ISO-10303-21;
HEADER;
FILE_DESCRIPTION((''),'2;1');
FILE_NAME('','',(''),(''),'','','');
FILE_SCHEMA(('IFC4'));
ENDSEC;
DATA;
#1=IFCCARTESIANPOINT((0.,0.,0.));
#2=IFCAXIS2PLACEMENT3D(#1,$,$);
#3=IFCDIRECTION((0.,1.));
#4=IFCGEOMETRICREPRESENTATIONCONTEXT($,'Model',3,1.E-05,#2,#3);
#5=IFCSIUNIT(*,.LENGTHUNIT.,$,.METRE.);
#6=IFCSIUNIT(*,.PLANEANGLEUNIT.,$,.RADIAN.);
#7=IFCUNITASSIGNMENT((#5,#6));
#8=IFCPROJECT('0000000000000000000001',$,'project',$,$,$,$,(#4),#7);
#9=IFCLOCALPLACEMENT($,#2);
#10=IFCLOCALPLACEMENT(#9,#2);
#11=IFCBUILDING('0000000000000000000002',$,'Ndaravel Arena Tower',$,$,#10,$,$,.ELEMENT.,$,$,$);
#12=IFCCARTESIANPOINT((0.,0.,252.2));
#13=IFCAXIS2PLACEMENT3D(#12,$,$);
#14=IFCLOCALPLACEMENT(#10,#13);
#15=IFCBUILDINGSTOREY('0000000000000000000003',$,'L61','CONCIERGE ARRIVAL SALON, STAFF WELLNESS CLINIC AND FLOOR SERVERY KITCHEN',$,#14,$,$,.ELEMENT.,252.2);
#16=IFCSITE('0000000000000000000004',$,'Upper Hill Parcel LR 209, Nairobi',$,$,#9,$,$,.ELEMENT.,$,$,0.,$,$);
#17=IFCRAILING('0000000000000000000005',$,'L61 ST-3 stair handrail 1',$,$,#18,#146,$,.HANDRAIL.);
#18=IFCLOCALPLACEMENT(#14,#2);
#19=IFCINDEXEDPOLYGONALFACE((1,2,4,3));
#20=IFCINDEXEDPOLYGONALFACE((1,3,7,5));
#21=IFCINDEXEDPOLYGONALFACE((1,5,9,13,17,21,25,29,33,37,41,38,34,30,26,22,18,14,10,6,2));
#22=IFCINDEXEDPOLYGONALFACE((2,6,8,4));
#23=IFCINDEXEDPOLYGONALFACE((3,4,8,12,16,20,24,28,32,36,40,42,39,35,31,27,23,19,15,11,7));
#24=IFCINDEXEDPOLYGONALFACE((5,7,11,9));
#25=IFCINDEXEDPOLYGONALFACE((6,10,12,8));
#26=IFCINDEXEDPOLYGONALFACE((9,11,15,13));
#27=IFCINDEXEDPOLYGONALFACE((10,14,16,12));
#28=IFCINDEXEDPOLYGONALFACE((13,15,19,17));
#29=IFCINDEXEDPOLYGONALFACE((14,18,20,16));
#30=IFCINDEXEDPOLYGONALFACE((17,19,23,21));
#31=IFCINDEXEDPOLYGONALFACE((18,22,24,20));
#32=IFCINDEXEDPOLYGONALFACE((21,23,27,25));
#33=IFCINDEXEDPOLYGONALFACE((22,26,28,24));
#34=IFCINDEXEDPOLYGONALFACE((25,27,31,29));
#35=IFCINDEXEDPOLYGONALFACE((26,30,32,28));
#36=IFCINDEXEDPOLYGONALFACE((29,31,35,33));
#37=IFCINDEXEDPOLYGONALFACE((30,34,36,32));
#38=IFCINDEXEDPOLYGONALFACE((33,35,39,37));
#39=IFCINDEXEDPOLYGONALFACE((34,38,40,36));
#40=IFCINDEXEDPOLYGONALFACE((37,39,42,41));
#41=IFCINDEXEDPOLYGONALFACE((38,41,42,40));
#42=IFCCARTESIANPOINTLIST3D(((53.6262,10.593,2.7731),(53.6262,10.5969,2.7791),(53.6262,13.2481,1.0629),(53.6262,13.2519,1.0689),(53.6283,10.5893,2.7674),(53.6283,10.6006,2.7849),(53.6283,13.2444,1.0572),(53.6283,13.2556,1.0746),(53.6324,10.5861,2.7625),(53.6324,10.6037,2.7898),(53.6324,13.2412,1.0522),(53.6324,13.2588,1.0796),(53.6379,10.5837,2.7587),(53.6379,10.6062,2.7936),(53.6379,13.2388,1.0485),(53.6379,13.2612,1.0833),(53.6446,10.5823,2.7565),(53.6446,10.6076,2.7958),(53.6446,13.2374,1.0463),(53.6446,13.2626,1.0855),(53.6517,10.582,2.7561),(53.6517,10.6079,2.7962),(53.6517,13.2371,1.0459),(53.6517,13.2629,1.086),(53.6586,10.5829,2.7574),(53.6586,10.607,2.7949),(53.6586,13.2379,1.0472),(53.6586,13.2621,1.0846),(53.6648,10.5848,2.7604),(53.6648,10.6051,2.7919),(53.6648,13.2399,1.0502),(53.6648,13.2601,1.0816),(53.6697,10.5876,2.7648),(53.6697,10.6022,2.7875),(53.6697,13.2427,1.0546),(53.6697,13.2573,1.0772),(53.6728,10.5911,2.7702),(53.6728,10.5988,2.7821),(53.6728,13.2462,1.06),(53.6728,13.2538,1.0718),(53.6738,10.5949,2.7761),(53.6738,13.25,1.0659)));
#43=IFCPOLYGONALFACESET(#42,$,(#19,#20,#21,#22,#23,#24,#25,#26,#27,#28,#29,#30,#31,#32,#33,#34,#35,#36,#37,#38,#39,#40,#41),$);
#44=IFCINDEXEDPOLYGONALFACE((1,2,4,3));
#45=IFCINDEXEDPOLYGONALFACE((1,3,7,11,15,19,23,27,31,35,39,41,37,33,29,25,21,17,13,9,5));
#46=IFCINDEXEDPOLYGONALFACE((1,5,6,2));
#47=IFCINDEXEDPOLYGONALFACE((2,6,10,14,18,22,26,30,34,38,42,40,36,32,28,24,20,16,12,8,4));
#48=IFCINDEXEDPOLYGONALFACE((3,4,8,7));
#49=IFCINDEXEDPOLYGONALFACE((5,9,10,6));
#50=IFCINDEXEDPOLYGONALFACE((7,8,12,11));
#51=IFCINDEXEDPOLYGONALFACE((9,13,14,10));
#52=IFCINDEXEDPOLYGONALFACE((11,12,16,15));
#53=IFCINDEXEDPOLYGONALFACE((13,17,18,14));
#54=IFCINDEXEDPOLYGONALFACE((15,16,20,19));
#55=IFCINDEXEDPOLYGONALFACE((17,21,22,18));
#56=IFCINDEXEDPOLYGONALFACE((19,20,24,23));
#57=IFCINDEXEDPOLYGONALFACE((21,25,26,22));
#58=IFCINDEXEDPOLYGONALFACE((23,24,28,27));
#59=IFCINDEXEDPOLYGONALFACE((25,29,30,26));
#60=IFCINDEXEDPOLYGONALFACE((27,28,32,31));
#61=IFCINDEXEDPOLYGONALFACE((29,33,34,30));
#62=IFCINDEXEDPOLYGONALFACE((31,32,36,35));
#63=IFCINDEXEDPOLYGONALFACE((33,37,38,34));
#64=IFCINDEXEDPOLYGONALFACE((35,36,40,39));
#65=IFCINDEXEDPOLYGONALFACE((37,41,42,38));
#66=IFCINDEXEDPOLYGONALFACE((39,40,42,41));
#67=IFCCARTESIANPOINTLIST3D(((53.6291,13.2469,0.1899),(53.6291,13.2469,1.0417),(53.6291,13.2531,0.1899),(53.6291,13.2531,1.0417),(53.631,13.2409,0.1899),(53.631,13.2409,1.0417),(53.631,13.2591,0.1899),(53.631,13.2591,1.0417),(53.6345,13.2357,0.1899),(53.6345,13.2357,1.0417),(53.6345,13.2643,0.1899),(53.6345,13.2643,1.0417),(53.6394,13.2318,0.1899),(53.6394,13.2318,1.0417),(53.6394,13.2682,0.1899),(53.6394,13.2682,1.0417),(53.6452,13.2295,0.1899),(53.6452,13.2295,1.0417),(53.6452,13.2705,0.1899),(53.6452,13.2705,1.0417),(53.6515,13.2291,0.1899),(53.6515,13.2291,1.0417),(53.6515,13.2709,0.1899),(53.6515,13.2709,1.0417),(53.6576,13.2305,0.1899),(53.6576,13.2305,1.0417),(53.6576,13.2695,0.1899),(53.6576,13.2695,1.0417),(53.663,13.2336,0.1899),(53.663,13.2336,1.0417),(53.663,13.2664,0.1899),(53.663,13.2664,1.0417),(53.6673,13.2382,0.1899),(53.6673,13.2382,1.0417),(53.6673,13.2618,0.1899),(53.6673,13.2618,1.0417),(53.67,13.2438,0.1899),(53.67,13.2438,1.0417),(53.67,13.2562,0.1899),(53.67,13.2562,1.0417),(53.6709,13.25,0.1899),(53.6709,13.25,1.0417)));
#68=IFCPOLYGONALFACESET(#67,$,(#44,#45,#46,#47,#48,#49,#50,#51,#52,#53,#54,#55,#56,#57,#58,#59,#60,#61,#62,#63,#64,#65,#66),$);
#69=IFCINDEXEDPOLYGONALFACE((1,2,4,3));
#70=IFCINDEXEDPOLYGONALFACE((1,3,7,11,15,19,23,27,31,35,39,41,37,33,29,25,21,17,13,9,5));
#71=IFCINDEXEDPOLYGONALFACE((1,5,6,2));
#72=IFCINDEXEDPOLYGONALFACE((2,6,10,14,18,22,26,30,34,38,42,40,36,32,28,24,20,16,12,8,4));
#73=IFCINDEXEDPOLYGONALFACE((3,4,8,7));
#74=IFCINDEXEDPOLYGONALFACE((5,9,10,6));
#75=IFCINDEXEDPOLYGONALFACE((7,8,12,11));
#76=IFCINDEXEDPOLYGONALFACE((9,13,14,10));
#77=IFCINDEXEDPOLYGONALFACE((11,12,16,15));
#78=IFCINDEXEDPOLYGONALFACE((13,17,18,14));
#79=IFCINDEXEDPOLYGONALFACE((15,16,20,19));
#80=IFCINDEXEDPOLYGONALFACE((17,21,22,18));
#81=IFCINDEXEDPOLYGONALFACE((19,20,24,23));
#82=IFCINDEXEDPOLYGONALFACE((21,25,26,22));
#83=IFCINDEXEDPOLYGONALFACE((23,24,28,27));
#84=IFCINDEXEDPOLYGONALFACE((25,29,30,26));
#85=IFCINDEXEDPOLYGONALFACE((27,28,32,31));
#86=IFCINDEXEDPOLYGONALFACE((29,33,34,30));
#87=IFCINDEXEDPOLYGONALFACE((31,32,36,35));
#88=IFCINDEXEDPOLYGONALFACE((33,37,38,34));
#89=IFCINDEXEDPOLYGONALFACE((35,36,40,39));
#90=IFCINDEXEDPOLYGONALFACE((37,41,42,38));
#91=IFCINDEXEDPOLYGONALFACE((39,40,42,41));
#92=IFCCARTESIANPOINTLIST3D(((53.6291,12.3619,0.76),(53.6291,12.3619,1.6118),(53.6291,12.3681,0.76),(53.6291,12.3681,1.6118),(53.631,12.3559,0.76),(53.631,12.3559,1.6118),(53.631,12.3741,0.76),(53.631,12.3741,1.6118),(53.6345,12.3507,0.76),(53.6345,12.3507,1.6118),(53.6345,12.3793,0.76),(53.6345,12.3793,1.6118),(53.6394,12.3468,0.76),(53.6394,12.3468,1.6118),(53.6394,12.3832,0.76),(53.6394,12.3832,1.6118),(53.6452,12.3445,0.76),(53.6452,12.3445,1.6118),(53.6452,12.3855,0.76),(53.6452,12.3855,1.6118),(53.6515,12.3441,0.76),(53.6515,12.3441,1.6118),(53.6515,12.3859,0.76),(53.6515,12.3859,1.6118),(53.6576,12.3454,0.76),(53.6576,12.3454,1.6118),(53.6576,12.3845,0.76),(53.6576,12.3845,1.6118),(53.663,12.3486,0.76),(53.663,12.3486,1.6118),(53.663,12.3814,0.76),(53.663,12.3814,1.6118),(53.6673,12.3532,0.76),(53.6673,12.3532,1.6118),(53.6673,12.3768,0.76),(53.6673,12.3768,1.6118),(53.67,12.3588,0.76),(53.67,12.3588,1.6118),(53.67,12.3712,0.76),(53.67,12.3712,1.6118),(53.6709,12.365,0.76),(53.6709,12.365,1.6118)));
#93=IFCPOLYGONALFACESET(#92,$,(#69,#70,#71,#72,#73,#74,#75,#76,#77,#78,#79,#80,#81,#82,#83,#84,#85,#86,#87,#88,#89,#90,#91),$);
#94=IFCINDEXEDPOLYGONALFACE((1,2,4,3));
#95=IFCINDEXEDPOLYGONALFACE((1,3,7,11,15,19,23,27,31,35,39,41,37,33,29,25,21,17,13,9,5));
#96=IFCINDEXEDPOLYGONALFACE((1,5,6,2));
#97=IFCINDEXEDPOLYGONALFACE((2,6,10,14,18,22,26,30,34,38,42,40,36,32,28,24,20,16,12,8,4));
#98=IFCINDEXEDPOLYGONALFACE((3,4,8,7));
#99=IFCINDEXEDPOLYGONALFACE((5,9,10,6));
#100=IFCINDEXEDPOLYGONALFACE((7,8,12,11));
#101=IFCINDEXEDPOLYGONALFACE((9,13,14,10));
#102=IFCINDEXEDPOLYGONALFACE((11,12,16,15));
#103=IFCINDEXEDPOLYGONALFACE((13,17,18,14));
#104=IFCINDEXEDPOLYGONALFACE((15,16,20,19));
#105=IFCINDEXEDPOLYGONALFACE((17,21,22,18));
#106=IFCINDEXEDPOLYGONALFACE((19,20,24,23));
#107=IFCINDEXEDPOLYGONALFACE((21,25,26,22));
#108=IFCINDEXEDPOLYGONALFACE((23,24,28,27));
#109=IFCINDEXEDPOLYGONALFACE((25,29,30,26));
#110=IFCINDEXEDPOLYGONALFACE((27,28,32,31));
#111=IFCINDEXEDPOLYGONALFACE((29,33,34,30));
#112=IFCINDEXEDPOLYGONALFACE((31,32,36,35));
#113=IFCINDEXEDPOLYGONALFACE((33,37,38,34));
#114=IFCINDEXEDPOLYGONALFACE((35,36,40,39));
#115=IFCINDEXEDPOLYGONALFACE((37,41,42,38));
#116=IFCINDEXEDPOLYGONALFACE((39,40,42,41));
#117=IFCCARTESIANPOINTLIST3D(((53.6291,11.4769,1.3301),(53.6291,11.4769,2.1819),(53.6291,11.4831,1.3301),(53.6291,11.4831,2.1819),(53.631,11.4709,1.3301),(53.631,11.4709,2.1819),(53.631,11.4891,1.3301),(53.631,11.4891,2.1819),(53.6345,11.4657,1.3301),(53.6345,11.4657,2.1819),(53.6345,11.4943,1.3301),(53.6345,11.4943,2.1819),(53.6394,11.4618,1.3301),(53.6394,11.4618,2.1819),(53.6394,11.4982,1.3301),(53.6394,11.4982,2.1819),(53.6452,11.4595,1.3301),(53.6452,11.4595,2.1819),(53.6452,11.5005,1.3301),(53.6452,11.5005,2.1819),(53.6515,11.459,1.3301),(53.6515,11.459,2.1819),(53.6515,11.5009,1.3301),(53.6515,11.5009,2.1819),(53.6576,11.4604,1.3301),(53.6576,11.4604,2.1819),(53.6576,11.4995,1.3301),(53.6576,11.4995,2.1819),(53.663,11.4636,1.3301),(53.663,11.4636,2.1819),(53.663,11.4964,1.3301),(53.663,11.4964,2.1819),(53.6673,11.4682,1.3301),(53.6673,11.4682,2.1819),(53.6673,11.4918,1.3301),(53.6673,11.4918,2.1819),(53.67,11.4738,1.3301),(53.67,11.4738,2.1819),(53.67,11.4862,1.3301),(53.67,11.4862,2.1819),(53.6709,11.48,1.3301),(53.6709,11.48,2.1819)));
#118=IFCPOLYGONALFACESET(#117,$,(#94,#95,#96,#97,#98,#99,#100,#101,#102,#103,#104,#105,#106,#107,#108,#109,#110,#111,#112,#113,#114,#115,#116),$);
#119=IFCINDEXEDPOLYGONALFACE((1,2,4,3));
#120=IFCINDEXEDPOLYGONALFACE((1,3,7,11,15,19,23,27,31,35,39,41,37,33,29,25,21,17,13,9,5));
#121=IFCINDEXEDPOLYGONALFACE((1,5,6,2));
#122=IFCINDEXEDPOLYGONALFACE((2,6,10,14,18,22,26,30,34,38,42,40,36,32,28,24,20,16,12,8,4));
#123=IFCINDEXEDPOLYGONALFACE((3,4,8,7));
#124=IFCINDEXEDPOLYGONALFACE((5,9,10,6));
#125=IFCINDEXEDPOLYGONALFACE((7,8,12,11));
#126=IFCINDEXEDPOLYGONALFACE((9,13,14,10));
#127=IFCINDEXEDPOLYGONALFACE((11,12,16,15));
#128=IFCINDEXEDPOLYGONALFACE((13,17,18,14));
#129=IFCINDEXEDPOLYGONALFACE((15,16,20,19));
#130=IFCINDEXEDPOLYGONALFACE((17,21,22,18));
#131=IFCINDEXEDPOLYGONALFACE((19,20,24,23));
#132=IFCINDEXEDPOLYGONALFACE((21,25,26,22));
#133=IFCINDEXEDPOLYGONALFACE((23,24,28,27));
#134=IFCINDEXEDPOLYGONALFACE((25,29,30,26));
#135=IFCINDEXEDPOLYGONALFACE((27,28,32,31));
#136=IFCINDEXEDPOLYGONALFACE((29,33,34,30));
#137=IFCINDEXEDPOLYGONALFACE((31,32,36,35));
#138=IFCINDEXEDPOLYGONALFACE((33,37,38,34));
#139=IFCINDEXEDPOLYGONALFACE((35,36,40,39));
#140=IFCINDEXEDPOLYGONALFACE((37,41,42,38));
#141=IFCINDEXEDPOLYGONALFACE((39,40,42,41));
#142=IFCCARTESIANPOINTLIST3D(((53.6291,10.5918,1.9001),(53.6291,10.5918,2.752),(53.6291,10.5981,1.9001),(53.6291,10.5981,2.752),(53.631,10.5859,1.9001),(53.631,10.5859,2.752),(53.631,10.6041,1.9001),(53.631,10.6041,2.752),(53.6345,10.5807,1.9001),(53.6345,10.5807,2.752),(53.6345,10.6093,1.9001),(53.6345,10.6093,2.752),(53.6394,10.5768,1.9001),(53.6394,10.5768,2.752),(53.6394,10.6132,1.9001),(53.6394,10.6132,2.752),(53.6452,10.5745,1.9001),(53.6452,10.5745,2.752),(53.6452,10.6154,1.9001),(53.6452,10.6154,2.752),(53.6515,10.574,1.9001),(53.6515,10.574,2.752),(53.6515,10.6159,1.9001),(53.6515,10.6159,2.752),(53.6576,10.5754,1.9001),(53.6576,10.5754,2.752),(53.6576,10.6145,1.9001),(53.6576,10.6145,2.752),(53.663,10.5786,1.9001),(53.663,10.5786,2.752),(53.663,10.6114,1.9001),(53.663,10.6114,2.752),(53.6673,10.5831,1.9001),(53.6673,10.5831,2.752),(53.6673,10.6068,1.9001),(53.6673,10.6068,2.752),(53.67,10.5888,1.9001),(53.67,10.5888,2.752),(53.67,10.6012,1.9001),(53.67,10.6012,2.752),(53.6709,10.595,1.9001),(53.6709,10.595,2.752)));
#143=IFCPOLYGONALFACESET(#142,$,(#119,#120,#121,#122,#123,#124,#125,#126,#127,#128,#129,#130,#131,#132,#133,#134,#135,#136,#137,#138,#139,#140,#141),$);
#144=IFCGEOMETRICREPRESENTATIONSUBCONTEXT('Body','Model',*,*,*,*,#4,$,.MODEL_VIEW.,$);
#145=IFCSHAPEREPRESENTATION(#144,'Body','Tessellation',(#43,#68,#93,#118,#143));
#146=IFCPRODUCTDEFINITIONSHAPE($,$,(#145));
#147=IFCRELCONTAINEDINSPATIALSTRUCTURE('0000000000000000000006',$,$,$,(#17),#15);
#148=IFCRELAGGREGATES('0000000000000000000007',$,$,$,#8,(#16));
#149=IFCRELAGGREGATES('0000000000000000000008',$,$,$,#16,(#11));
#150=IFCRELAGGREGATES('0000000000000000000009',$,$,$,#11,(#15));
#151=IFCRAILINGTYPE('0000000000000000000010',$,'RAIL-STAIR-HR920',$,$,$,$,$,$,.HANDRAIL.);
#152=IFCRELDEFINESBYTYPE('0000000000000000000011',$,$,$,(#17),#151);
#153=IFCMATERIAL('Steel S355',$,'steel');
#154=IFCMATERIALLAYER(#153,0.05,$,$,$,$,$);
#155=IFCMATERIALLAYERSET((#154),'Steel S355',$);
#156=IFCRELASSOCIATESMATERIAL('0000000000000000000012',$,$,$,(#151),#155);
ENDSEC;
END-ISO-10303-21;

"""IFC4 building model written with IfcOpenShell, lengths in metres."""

from ifc_helpers import new_model, si_unit, direction, frame, origin, origin_2d, place, context, subcontext, project, spatial, circle, extrude, material, layer, layer_set, type_object, element, save


model = new_model("IFC4")

# Units and contexts
model_context = context("Model", 3, precision=1e-05, world=origin(), true_north=direction((0.0, 1.0)))
body_context = subcontext(model_context, "Body", "Model", "MODEL_VIEW")
ifc_project = project(units=[si_unit("LENGTHUNIT", "METRE"), si_unit("PLANEANGLEUNIT", "RADIAN")], contexts=[model_context])

# Site, building, storey
site_placement = place(None, origin())
site = spatial("IfcSite", under=ifc_project, at=site_placement, Name="Upper Hill Parcel LR 209, Nairobi", CompositionType="ELEMENT", RefElevation=0.0)
building_placement = place(site_placement, origin())
building = spatial("IfcBuilding", under=site, at=building_placement, Name="Ndaravel Arena Tower", CompositionType="ELEMENT")
storey_placement = place(building_placement, frame((0.0, 0.0, 252.2)))
storey = spatial("IfcBuildingStorey", under=building, at=storey_placement, Name="L61", Description="CONCIERGE ARRIVAL SALON, STAFF WELLNESS CLINIC AND FLOOR SERVERY KITCHEN", CompositionType="ELEMENT", Elevation=252.2)

# Railing
ifc_material_1 = material(Name="Steel S355", Category="steel")
ifc_layer_1 = layer(ifc_material_1, 0.05)
ifc_layer_set_1 = layer_set([ifc_layer_1], Name="Steel S355")
railing_type_1 = type_object("IfcRailingType", Name="RAIL-STAIR-HR920", PredefinedType="HANDRAIL", material=ifc_layer_set_1)
railing_1_placement = place(storey_placement, frame((53.6499, 13.25, 0.1899)))
element("IfcRailing", 1, at=railing_1_placement, inside=storey, type_object=railing_type_1, Name="L61 ST-3 stair handrail 1", PredefinedType="HANDRAIL", context=body_context, shape_type="SweptSolid", body=[
    extrude(circle(Radius=0.0239, at=origin_2d()), frame((0.0, 0.0, 0.876), z_axis=(0.0, -0.840688, 0.541519), x_axis=(1.0, 0.0, 0.0)), (0.0, 0.0, 1.0), 3.1582),
    extrude(circle(Radius=0.021, at=origin_2d()), origin(), (0.0, 0.0, 1.0), 0.8518),
    extrude(circle(Radius=0.021, at=origin_2d()), frame((0.0, -0.885, 0.5701)), (0.0, 0.0, 1.0), 0.8518),
    extrude(circle(Radius=0.021, at=origin_2d()), frame((0.0, -1.77, 1.1401)), (0.0, 0.0, 1.0), 0.8518),
    extrude(circle(Radius=0.021, at=origin_2d()), frame((0.0, -2.655, 1.7102)), (0.0, 0.0, 1.0), 0.8518),
])

save(model, "model.ifc")
